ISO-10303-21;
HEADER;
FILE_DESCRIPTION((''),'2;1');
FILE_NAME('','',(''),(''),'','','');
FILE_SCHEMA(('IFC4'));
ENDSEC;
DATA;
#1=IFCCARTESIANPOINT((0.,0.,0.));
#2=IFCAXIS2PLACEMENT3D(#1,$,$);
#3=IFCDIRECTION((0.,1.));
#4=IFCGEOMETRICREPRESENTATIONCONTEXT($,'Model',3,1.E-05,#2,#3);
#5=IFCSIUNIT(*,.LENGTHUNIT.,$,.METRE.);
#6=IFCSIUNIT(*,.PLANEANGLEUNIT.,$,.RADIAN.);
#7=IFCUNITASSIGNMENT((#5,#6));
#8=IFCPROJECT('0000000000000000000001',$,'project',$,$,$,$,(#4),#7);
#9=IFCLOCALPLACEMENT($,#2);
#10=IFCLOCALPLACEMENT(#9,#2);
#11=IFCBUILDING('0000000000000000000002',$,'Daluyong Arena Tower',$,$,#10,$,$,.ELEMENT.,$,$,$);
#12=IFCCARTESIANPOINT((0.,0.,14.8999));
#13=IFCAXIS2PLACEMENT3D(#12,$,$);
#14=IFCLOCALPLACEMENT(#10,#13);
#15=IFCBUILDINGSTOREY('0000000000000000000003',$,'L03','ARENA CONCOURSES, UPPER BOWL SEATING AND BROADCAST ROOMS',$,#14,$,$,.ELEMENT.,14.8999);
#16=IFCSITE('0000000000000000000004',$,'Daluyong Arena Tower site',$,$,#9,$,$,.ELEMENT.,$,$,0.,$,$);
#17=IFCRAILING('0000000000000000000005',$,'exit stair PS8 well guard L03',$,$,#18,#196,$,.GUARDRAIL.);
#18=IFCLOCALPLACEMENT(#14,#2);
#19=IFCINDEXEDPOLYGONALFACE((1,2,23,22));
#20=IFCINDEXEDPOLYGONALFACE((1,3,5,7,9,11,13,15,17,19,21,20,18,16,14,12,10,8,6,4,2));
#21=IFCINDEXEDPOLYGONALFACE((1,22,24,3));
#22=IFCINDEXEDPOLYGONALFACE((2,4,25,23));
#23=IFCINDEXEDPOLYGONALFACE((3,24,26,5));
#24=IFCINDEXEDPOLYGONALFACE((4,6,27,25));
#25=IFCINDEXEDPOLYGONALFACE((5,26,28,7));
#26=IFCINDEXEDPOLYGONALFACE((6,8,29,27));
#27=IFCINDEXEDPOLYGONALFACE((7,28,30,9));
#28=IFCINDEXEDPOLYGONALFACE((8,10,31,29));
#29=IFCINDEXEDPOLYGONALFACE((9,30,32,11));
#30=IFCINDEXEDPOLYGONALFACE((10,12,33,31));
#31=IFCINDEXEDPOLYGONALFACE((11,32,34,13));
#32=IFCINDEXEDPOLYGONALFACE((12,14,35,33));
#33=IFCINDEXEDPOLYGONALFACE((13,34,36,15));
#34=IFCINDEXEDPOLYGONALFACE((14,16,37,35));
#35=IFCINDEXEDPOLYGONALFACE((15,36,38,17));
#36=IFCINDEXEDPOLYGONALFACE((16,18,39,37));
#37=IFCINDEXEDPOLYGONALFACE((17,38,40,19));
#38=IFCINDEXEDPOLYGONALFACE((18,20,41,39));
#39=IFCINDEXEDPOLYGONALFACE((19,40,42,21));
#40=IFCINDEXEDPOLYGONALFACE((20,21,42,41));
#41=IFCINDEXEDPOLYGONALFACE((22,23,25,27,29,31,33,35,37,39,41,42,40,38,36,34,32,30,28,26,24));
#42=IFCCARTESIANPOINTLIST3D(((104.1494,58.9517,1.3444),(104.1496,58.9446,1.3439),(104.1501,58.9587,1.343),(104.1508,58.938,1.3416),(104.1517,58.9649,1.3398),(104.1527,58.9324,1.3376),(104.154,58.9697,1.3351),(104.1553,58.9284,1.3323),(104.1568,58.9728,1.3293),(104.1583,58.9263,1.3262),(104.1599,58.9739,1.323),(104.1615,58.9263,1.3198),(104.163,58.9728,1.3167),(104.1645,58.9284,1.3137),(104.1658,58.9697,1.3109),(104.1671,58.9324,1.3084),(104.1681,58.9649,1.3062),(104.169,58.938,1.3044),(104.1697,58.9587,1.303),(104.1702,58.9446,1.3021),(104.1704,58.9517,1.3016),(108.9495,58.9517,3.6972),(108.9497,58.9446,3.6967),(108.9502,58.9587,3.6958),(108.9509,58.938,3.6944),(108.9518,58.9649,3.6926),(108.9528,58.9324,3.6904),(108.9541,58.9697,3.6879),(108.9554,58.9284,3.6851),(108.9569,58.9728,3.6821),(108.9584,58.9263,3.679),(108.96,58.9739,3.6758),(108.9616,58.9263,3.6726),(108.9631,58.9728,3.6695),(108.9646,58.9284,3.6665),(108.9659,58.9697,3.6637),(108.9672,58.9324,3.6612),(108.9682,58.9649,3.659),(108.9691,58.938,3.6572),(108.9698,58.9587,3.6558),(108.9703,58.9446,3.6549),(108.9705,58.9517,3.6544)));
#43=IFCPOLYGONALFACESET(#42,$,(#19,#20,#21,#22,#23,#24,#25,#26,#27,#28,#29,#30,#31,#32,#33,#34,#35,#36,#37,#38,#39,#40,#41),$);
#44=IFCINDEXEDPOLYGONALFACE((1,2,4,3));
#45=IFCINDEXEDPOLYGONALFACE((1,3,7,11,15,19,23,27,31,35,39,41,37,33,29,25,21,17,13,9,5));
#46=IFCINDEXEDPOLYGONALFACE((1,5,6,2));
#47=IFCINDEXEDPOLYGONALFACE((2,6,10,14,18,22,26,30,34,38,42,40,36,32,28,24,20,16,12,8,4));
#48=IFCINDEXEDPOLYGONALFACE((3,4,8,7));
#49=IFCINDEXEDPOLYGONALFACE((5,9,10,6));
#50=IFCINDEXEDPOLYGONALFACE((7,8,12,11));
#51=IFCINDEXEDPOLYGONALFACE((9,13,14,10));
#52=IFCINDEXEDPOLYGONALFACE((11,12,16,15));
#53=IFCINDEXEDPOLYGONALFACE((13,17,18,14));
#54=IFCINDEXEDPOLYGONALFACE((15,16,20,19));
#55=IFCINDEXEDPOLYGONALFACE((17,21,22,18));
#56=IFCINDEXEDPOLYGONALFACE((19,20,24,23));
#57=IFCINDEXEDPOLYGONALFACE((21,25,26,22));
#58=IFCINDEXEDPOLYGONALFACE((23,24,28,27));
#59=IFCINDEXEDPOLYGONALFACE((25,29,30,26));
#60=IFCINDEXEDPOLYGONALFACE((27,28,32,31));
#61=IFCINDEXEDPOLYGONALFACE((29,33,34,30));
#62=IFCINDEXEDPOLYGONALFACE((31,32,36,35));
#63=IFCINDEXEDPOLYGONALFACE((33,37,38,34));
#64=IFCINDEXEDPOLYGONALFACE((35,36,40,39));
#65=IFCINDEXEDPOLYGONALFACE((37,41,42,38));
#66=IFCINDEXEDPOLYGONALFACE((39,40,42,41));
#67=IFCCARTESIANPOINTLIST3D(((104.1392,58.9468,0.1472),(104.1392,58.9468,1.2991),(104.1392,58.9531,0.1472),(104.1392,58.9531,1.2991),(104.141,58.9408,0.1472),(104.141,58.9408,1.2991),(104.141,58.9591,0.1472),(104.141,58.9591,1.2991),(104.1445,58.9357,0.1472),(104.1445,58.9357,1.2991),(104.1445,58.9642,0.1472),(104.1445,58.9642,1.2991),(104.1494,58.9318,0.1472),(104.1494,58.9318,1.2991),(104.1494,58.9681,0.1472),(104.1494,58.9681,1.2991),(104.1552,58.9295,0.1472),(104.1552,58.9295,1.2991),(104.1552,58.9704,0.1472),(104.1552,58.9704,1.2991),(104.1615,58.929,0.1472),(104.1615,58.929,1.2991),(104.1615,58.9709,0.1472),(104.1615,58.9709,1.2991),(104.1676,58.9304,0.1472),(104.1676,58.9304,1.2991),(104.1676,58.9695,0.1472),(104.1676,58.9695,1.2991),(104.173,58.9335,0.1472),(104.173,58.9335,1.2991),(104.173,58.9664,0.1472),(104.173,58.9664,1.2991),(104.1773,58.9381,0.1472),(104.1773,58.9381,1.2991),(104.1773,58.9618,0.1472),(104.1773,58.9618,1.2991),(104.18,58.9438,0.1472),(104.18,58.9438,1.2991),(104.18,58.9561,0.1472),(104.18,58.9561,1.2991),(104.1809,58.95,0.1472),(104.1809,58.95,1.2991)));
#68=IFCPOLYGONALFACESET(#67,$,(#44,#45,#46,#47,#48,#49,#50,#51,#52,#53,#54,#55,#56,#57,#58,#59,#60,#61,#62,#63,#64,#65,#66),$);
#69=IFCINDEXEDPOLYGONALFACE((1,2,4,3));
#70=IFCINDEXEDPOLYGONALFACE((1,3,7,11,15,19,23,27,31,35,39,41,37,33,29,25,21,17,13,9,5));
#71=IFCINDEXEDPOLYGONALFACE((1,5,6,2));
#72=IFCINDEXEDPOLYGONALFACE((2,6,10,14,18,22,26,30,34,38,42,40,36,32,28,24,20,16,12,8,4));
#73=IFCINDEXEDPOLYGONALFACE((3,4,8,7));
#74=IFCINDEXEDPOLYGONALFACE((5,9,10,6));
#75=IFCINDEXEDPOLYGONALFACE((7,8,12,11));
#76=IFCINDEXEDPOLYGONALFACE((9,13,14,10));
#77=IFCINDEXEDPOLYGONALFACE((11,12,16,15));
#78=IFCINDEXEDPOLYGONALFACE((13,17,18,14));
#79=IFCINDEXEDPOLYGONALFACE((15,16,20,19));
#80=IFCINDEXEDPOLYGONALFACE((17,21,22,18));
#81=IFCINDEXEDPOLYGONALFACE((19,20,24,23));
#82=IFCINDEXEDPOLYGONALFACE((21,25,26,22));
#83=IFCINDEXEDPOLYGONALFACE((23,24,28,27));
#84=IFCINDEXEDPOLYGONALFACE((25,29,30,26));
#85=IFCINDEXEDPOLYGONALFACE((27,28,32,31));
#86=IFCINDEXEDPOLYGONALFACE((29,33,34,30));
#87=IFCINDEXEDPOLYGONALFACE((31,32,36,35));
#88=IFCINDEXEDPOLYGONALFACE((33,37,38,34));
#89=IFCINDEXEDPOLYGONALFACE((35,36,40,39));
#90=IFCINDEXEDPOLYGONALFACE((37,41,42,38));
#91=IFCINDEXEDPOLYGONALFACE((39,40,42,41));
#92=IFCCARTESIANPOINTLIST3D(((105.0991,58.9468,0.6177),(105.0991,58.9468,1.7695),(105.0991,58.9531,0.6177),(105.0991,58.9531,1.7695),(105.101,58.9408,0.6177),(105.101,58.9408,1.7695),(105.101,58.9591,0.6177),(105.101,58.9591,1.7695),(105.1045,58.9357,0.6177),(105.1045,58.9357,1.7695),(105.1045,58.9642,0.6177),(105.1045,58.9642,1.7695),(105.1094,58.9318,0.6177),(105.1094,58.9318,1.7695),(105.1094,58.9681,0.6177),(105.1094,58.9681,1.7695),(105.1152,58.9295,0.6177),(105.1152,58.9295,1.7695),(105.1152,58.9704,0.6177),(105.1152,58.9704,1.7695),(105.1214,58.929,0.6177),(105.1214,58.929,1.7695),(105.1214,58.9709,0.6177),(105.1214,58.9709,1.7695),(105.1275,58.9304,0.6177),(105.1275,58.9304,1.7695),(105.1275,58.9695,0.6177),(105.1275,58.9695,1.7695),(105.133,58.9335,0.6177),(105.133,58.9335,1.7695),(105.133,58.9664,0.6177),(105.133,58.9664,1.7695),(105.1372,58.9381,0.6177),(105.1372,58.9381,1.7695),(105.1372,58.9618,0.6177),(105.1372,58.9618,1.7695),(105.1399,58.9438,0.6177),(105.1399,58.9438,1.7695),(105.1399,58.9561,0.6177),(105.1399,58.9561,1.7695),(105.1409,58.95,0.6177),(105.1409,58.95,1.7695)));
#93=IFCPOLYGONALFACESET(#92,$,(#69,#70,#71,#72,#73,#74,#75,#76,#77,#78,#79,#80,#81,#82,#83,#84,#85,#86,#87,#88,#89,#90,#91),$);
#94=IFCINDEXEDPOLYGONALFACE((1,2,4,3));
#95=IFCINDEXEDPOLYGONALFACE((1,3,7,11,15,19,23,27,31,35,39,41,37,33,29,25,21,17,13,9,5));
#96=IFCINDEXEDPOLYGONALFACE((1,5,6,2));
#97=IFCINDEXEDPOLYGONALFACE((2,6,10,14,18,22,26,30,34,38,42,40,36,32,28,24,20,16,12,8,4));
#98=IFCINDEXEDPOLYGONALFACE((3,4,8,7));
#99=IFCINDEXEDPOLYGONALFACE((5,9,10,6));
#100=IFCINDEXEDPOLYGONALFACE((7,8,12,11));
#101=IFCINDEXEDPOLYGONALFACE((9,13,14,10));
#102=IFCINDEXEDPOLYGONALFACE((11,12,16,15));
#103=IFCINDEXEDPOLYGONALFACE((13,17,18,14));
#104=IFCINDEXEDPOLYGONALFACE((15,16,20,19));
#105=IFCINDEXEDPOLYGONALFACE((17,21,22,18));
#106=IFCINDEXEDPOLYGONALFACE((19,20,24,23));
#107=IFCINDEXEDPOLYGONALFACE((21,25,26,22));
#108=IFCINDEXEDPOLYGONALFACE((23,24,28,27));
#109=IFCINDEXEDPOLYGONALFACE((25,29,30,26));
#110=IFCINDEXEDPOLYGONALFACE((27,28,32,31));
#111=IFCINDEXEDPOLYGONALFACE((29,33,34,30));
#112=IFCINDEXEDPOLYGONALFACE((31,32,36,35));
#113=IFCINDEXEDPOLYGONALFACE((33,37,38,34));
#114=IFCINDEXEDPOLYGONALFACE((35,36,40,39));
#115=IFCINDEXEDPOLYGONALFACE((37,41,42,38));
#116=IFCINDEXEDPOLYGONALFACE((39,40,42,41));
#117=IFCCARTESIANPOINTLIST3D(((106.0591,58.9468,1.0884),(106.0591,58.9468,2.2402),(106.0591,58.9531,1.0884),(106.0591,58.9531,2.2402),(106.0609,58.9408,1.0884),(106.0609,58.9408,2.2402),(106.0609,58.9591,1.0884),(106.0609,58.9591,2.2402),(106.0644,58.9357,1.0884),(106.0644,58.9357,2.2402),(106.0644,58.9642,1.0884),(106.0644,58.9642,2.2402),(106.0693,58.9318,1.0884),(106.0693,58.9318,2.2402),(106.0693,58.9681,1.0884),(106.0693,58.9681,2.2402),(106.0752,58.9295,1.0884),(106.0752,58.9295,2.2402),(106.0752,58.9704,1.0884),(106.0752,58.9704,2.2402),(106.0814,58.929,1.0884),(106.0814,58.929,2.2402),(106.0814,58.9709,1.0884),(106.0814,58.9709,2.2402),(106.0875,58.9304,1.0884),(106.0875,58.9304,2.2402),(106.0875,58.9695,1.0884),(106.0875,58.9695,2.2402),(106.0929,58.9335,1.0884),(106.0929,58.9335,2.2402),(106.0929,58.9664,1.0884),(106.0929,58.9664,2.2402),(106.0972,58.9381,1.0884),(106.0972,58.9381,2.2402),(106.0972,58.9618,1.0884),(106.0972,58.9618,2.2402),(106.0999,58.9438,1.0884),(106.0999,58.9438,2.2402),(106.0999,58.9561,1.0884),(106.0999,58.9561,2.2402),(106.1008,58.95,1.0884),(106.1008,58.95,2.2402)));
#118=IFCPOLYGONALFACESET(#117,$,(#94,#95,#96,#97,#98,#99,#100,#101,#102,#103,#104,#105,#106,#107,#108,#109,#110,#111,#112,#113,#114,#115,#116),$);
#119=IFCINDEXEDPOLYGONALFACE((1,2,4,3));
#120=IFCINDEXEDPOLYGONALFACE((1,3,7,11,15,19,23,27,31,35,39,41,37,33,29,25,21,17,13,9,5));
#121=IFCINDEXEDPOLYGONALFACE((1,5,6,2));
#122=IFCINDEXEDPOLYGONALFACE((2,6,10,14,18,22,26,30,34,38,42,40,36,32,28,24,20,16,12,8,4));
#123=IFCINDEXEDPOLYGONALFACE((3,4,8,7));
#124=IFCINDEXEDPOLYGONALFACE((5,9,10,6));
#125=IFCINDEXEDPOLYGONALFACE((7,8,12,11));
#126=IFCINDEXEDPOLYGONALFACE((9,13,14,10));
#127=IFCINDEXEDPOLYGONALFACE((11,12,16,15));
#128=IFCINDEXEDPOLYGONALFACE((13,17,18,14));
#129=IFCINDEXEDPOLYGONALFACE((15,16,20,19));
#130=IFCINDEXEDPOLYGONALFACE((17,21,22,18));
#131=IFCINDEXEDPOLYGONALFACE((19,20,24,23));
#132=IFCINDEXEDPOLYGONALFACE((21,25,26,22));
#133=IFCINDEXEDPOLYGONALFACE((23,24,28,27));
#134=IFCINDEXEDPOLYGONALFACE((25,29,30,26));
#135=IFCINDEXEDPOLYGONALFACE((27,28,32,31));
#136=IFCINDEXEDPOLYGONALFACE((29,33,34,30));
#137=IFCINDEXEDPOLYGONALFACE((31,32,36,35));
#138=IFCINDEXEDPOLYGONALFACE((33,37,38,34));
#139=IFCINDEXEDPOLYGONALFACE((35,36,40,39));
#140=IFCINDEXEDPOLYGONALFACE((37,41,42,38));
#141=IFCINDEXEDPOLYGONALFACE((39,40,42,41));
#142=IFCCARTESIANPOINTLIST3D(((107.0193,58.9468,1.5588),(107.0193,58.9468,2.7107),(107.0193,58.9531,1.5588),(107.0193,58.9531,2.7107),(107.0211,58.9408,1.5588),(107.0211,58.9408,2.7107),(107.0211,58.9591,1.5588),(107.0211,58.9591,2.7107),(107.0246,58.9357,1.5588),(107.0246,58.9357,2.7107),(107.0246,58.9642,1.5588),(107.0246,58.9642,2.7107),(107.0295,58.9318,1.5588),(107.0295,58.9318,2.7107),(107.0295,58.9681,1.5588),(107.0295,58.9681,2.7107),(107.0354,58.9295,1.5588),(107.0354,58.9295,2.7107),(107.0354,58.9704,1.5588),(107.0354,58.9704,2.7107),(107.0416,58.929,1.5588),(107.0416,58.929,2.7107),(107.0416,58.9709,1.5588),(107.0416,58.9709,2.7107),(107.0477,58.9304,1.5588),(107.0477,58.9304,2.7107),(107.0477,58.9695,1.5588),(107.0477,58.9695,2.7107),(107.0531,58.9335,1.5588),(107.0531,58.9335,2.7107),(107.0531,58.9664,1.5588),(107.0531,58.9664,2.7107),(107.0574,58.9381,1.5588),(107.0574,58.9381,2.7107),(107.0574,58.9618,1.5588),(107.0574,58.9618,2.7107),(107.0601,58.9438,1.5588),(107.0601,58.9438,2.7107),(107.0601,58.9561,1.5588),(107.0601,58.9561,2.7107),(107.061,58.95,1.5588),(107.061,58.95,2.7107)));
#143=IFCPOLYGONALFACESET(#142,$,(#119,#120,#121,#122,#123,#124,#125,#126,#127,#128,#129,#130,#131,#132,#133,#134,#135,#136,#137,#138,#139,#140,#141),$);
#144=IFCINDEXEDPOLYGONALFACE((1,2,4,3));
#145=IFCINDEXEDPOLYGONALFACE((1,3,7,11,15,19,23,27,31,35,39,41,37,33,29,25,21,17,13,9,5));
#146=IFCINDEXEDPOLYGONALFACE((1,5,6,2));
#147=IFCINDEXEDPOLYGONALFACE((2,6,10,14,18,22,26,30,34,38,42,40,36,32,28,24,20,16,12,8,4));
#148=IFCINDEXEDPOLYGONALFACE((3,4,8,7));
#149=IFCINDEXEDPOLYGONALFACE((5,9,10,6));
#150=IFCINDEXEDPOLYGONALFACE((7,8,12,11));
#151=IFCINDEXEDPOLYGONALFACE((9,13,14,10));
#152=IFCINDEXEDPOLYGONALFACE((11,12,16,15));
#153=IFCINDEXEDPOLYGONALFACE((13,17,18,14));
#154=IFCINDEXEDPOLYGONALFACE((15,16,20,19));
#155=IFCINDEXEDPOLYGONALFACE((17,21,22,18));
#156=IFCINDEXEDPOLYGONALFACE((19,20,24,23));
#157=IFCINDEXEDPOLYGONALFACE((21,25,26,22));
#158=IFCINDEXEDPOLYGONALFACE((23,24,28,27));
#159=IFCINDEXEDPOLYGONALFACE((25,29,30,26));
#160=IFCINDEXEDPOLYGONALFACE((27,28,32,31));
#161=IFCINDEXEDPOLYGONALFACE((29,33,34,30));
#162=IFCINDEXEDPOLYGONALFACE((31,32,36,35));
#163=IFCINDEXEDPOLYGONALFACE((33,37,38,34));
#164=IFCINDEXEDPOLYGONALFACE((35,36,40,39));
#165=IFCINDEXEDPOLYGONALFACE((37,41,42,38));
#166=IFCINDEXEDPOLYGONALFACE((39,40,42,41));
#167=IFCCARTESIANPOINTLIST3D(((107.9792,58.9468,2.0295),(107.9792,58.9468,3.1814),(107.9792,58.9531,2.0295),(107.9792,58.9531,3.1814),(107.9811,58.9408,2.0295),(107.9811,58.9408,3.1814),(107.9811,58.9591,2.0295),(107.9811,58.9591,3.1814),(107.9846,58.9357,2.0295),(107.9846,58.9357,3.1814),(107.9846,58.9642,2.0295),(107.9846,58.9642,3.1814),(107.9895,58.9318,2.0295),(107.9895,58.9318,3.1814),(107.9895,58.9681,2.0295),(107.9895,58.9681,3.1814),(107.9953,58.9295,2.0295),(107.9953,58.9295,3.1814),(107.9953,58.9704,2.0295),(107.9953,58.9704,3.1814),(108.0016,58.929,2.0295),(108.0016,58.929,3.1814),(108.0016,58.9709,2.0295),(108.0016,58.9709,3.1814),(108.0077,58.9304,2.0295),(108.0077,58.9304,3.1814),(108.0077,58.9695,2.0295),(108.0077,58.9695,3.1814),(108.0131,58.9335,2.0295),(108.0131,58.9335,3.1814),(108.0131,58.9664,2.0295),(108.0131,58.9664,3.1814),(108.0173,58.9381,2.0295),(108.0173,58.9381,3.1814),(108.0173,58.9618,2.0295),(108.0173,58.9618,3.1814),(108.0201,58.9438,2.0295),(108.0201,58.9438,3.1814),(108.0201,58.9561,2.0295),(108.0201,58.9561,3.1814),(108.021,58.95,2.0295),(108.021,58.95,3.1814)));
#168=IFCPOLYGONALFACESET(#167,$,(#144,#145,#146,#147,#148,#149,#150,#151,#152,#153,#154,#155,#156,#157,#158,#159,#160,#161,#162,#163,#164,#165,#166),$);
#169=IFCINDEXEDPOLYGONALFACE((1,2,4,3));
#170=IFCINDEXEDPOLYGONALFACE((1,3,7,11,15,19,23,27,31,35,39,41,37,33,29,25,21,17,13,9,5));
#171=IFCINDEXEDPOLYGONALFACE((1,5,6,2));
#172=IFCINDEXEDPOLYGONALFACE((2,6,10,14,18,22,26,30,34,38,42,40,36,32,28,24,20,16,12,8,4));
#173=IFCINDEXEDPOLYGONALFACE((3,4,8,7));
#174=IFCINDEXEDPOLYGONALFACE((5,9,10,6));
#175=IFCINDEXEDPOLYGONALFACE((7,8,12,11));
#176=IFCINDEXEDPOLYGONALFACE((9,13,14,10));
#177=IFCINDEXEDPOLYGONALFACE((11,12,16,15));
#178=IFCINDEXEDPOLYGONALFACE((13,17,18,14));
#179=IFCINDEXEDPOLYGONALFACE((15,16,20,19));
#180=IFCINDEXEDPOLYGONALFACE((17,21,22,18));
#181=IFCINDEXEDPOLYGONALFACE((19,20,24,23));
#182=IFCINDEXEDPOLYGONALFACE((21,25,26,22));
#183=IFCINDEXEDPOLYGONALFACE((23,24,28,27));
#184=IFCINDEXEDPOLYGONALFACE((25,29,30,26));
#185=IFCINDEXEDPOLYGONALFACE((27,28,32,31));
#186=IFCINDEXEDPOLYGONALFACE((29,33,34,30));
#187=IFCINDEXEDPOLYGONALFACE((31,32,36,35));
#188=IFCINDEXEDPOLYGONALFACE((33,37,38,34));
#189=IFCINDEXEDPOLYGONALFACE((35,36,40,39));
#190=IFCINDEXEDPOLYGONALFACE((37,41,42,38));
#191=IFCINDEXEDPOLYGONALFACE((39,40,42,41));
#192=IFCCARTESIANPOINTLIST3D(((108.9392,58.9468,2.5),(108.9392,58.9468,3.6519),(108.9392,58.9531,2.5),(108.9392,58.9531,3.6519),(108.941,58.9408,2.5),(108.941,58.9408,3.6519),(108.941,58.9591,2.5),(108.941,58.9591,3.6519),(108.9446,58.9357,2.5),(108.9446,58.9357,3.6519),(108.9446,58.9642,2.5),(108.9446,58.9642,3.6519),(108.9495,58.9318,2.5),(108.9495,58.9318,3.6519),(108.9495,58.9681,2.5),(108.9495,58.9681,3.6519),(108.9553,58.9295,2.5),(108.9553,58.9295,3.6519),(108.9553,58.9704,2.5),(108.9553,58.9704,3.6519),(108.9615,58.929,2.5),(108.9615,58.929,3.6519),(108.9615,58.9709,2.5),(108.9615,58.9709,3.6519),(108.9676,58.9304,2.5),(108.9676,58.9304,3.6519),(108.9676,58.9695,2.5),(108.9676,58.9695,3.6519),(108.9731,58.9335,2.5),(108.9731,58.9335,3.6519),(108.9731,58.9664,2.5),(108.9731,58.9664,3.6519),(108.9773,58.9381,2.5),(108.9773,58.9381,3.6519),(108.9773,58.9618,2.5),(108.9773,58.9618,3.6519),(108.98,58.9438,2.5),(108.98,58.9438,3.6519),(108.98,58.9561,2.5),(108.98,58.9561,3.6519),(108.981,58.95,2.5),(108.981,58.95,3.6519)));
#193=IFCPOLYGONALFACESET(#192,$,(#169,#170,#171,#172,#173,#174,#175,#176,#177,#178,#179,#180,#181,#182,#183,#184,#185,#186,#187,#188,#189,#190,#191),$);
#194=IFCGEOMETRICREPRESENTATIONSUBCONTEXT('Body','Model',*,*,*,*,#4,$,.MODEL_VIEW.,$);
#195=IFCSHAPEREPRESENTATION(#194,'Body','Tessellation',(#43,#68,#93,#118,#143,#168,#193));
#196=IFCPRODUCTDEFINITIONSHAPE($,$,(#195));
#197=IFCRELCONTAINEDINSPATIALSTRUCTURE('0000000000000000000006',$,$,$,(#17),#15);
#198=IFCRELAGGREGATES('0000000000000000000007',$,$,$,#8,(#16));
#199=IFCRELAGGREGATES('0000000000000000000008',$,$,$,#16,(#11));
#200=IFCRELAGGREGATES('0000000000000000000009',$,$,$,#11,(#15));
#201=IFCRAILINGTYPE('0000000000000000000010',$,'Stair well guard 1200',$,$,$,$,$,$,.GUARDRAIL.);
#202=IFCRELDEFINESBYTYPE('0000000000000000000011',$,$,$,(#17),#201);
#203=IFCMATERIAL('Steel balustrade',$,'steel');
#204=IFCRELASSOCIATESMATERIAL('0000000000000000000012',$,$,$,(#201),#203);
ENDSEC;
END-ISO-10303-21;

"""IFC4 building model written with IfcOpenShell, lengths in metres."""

from ifc_helpers import new_model, si_unit, direction, frame, origin, origin_2d, place, context, subcontext, project, spatial, circle, extrude, material, type_object, element, save


model = new_model("IFC4")

# Units and contexts
model_context = context("Model", 3, precision=1e-05, world=origin(), true_north=direction((0.0, 1.0)))
body_context = subcontext(model_context, "Body", "Model", "MODEL_VIEW")
ifc_project = project(units=[si_unit("LENGTHUNIT", "METRE"), si_unit("PLANEANGLEUNIT", "RADIAN")], contexts=[model_context])

# Site, building, storey
site_placement = place(None, origin())
site = spatial("IfcSite", under=ifc_project, at=site_placement, Name="Daluyong Arena Tower site", CompositionType="ELEMENT", RefElevation=0.0)
building_placement = place(site_placement, origin())
building = spatial("IfcBuilding", under=site, at=building_placement, Name="Daluyong Arena Tower", CompositionType="ELEMENT")
storey_placement = place(building_placement, frame((0.0, 0.0, 14.8999)))
storey = spatial("IfcBuildingStorey", under=building, at=storey_placement, Name="L03", Description="ARENA CONCOURSES, UPPER BOWL SEATING AND BROADCAST ROOMS", CompositionType="ELEMENT", Elevation=14.8999)

# Railing
ifc_material_1 = material(Name="Steel balustrade", Category="steel")
railing_type_1 = type_object("IfcRailingType", Name="Stair well guard 1200", PredefinedType="GUARDRAIL", material=ifc_material_1)
railing_1_placement = place(storey_placement, frame((104.1599, 58.95, 0.1472)))
element("IfcRailing", 1, at=railing_1_placement, inside=storey, type_object=railing_type_1, Name="exit stair PS8 well guard L03", PredefinedType="GUARDRAIL", context=body_context, shape_type="SweptSolid", body=[
    extrude(circle(Radius=0.0239, at=origin_2d()), frame((0.0, 0.0, 1.1758), z_axis=(0.897934, 0.0, 0.44013), x_axis=(0.0, 1.0, 0.0)), (0.0, 0.0, 1.0), 5.3457),
    extrude(circle(Radius=0.021, at=origin_2d()), origin(), (0.0, 0.0, 1.0), 1.1519),
    extrude(circle(Radius=0.021, at=origin_2d()), frame((0.96, 0.0, 0.4705)), (0.0, 0.0, 1.0), 1.1519),
    extrude(circle(Radius=0.021, at=origin_2d()), frame((1.9199, 0.0, 0.9412)), (0.0, 0.0, 1.0), 1.1519),
    extrude(circle(Radius=0.021, at=origin_2d()), frame((2.8801, 0.0, 1.4116)), (0.0, 0.0, 1.0), 1.1519),
    extrude(circle(Radius=0.021, at=origin_2d()), frame((3.8401, 0.0, 1.8823)), (0.0, 0.0, 1.0), 1.1519),
    extrude(circle(Radius=0.021, at=origin_2d()), frame((4.8, 0.0, 2.3528)), (0.0, 0.0, 1.0), 1.1519),
])

save(model, "model.ifc")
